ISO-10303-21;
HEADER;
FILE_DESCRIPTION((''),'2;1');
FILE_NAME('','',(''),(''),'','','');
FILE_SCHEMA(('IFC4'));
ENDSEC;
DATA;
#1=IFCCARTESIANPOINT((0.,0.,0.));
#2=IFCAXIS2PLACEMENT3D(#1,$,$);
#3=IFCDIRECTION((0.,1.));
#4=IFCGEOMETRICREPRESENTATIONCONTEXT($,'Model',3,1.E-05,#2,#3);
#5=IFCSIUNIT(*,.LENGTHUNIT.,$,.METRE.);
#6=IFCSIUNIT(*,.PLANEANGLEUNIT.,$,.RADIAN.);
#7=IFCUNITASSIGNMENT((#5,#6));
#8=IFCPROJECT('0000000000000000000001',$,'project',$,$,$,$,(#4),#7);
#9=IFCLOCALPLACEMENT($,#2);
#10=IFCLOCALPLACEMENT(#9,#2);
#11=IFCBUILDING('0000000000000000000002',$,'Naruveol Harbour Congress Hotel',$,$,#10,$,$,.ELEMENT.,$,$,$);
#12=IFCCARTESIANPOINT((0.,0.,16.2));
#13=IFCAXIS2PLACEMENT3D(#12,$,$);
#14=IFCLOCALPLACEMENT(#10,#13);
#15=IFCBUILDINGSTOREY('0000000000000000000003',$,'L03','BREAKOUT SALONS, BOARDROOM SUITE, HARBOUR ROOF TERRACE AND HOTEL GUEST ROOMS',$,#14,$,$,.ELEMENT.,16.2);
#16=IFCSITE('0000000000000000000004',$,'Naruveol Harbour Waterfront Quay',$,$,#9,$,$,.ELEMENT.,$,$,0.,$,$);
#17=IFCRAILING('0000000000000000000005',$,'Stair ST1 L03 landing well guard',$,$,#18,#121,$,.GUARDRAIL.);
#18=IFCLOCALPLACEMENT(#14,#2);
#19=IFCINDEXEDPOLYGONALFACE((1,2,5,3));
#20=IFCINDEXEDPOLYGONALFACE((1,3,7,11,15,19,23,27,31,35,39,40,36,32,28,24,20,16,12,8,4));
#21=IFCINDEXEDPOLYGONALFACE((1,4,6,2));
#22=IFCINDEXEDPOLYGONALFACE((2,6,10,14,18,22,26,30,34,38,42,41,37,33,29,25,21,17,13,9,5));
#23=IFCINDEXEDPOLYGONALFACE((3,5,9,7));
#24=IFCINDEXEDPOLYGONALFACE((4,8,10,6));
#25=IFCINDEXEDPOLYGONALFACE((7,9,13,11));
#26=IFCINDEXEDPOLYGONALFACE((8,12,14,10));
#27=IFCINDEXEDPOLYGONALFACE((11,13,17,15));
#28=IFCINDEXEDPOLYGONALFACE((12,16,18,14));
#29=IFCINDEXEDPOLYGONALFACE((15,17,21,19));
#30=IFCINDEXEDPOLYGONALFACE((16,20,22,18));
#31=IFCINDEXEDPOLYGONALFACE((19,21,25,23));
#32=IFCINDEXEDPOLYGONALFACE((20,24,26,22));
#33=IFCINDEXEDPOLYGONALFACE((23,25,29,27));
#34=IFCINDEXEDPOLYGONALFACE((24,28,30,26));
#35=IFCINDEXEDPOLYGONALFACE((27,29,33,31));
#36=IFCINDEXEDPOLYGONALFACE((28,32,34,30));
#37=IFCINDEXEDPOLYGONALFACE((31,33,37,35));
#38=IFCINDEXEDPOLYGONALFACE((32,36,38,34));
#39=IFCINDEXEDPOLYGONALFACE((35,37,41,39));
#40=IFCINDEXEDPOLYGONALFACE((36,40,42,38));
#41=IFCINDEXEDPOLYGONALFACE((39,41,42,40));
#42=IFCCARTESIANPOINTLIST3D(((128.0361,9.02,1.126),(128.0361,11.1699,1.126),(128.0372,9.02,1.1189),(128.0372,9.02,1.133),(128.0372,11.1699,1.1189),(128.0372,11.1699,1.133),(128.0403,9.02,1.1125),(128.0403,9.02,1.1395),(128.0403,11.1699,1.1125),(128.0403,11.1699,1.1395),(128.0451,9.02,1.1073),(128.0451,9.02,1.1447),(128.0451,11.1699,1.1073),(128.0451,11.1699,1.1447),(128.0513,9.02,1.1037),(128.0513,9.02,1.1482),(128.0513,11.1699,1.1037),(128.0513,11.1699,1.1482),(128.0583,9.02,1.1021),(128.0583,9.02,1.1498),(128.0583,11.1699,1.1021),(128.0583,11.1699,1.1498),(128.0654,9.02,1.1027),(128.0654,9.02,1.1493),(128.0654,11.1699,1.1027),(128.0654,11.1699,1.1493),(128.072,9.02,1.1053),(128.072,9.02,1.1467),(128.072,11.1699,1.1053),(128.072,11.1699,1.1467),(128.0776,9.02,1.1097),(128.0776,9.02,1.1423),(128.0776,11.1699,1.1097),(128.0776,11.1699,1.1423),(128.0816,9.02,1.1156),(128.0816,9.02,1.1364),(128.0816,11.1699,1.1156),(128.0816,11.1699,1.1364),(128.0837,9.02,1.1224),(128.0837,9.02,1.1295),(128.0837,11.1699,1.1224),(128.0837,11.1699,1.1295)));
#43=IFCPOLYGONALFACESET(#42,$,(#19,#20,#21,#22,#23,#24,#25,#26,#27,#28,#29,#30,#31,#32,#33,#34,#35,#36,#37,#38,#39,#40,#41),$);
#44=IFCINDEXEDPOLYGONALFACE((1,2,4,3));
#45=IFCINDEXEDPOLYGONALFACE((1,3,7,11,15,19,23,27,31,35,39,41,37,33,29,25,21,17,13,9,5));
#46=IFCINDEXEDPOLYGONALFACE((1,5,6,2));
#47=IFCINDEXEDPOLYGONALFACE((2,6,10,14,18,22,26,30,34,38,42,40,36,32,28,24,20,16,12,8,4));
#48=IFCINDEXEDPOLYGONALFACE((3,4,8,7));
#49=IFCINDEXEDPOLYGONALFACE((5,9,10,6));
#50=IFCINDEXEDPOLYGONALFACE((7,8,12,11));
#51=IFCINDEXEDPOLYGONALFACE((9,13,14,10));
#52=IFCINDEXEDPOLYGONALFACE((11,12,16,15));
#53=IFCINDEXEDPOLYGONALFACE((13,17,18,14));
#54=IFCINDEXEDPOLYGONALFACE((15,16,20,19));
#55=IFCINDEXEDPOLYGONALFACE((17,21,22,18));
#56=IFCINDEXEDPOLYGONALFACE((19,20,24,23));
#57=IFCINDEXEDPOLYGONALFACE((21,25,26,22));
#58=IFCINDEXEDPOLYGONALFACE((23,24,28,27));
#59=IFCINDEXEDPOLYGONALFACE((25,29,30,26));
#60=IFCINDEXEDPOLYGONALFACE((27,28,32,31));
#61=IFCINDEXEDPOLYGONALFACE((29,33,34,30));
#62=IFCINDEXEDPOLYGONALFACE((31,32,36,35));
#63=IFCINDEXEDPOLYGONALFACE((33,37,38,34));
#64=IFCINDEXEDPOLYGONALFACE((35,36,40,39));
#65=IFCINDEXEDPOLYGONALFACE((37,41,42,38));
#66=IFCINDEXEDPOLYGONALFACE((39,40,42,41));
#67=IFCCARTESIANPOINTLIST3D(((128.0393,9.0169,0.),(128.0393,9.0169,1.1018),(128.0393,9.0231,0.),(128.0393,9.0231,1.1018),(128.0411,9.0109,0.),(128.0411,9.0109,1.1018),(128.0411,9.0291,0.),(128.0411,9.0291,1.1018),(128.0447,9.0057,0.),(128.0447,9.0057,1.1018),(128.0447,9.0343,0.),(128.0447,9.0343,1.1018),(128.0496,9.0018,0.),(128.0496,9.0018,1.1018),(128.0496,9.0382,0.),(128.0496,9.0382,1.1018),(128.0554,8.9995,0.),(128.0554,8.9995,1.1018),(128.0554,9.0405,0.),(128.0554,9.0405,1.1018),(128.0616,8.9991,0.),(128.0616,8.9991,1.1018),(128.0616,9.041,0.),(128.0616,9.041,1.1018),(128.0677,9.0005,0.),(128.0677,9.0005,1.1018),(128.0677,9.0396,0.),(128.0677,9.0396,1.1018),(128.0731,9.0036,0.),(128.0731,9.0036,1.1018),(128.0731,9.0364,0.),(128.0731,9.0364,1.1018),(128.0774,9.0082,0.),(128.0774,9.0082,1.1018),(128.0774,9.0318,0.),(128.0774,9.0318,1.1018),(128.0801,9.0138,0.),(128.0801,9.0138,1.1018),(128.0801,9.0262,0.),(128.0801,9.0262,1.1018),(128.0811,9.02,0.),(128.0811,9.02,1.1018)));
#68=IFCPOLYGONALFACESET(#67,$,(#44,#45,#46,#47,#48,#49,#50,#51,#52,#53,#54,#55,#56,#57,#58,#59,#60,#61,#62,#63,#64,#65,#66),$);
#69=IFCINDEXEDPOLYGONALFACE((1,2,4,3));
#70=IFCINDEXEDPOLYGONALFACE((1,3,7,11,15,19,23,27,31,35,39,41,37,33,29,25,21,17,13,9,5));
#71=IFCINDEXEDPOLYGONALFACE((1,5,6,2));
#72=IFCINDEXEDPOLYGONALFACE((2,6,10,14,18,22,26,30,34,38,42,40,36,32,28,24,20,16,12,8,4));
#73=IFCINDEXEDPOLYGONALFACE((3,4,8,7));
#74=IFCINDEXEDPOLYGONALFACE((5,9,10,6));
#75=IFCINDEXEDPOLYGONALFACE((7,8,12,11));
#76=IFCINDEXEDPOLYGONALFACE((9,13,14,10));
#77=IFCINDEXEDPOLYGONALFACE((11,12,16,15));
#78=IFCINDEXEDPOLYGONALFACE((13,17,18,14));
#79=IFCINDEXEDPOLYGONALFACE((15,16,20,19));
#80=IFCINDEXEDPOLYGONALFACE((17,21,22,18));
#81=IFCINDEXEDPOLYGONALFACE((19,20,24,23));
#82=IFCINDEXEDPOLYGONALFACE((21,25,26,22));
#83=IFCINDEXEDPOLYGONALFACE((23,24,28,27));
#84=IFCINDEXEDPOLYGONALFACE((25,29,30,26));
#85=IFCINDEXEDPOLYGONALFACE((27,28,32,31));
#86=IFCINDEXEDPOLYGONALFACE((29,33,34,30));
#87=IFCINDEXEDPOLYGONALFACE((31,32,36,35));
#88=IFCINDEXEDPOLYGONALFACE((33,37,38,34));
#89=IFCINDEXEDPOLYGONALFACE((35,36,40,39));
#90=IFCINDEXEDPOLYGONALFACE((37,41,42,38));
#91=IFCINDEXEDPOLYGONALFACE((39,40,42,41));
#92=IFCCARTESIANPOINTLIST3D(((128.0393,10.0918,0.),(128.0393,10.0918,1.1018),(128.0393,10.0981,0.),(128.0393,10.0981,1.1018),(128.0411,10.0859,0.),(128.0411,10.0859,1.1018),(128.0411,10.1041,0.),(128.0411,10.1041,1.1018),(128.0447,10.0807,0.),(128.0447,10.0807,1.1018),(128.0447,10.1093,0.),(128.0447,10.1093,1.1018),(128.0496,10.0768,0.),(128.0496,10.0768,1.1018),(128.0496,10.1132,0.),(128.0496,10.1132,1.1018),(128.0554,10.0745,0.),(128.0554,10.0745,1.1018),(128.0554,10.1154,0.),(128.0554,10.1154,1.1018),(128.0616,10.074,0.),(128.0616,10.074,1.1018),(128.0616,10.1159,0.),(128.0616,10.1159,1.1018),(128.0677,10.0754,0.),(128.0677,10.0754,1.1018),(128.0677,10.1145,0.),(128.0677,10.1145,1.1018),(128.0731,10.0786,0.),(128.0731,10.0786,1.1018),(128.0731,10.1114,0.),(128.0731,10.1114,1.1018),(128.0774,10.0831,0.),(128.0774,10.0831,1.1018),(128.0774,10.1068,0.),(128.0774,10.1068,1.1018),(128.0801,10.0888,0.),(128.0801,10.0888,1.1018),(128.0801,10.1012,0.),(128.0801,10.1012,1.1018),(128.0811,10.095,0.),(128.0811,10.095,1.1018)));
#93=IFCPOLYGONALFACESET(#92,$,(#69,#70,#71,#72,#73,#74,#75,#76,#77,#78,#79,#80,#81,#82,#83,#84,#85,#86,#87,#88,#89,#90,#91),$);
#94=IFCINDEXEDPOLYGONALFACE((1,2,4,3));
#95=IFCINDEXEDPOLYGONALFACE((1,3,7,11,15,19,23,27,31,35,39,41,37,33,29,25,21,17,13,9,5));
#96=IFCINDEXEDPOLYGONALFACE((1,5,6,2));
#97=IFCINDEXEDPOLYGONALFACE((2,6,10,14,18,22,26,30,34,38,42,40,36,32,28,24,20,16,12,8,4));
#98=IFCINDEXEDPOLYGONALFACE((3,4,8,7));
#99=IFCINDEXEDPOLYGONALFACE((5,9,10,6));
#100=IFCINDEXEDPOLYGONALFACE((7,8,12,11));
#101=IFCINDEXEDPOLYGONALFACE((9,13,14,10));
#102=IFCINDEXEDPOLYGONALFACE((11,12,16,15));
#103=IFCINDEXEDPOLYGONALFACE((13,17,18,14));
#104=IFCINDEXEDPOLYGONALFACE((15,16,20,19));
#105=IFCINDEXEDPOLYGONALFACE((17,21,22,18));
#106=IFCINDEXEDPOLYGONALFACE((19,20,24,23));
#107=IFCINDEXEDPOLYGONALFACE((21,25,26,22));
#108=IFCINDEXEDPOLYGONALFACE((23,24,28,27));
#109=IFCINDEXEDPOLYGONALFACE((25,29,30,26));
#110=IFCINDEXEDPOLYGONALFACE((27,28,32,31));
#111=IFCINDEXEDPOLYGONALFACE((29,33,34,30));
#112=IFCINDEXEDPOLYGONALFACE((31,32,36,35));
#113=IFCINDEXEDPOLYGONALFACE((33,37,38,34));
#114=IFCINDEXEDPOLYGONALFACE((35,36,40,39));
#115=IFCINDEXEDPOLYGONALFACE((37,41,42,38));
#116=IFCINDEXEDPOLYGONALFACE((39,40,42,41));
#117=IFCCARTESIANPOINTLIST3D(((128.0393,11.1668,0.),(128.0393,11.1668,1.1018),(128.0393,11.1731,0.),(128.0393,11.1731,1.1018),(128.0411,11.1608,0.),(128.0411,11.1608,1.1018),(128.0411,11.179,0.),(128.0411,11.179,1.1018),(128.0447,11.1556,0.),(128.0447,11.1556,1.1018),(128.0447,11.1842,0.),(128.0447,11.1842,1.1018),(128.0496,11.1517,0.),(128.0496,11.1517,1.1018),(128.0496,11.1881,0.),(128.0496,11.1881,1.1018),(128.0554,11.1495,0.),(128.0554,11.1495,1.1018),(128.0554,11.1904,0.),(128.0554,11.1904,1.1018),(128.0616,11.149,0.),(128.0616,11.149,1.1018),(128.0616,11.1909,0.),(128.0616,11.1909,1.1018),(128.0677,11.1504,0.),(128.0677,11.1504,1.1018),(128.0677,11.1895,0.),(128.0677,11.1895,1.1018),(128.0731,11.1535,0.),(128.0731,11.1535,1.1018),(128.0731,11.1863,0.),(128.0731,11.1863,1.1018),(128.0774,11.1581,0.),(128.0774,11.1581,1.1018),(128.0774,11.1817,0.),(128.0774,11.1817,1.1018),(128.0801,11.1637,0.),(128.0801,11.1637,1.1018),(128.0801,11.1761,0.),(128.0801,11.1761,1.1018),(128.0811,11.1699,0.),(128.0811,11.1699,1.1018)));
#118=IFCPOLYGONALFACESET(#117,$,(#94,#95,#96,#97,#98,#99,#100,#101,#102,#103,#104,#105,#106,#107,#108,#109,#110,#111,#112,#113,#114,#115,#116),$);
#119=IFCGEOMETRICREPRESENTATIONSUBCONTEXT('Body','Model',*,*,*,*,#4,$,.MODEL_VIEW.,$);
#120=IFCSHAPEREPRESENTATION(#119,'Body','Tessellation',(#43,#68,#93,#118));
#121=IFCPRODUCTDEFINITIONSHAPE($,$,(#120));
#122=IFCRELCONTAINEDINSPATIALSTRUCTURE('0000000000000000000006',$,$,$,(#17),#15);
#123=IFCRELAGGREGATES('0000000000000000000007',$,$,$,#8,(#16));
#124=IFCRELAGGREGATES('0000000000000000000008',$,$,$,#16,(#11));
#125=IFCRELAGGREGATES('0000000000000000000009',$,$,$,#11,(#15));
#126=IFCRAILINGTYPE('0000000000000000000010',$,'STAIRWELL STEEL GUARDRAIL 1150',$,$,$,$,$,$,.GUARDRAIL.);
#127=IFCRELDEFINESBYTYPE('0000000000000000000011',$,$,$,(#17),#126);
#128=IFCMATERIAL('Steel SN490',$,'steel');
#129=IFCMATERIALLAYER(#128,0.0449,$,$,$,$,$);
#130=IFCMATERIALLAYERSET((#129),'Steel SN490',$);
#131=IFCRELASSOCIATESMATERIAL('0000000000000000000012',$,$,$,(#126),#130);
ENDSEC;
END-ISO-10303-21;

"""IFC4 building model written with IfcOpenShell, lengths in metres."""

from ifc_helpers import new_model, si_unit, direction, frame, origin, origin_2d, place, context, subcontext, project, spatial, circle, extrude, material, layer, layer_set, type_object, element, save


model = new_model("IFC4")

# Units and contexts
model_context = context("Model", 3, precision=1e-05, world=origin(), true_north=direction((0.0, 1.0)))
body_context = subcontext(model_context, "Body", "Model", "MODEL_VIEW")
ifc_project = project(units=[si_unit("LENGTHUNIT", "METRE"), si_unit("PLANEANGLEUNIT", "RADIAN")], contexts=[model_context])

# Site, building, storey
site_placement = place(None, origin())
site = spatial("IfcSite", under=ifc_project, at=site_placement, Name="Naruveol Harbour Waterfront Quay", CompositionType="ELEMENT", RefElevation=0.0)
building_placement = place(site_placement, origin())
building = spatial("IfcBuilding", under=site, at=building_placement, Name="Naruveol Harbour Congress Hotel", CompositionType="ELEMENT")
storey_placement = place(building_placement, frame((0.0, 0.0, 16.2)))
storey = spatial("IfcBuildingStorey", under=building, at=storey_placement, Name="L03", Description="BREAKOUT SALONS, BOARDROOM SUITE, HARBOUR ROOF TERRACE AND HOTEL GUEST ROOMS", CompositionType="ELEMENT", Elevation=16.2)

# Railing
ifc_material_1 = material(Name="Steel SN490", Category="steel")
ifc_layer_1 = layer(ifc_material_1, 0.0449)
ifc_layer_set_1 = layer_set([ifc_layer_1], Name="Steel SN490")
railing_type = type_object("IfcRailingType", Name="STAIRWELL STEEL GUARDRAIL 1150", PredefinedType="GUARDRAIL", material=ifc_layer_set_1)
railing_placement = place(storey_placement, frame((128.0601, 9.02, 0.0)))
element("IfcRailing", 1, at=railing_placement, inside=storey, type_object=railing_type, Name="Stair ST1 L03 landing well guard", PredefinedType="GUARDRAIL", context=body_context, shape_type="SweptSolid", body=[
    extrude(circle(Radius=0.0239, at=origin_2d()), frame((0.0, 0.0, 1.126), z_axis=(0.0, 1.0, 0.0), x_axis=(-1.0, 0.0, 0.0)), (0.0, 0.0, 1.0), 2.1499),
    extrude(circle(Radius=0.021, at=origin_2d()), origin(), (0.0, 0.0, 1.0), 1.1018),
    extrude(circle(Radius=0.021, at=origin_2d()), frame((0.0, 1.075, 0.0)), (0.0, 0.0, 1.0), 1.1018),
    extrude(circle(Radius=0.021, at=origin_2d()), frame((0.0, 2.1499, 0.0)), (0.0, 0.0, 1.0), 1.1018),
])

save(model, "model.ifc")
